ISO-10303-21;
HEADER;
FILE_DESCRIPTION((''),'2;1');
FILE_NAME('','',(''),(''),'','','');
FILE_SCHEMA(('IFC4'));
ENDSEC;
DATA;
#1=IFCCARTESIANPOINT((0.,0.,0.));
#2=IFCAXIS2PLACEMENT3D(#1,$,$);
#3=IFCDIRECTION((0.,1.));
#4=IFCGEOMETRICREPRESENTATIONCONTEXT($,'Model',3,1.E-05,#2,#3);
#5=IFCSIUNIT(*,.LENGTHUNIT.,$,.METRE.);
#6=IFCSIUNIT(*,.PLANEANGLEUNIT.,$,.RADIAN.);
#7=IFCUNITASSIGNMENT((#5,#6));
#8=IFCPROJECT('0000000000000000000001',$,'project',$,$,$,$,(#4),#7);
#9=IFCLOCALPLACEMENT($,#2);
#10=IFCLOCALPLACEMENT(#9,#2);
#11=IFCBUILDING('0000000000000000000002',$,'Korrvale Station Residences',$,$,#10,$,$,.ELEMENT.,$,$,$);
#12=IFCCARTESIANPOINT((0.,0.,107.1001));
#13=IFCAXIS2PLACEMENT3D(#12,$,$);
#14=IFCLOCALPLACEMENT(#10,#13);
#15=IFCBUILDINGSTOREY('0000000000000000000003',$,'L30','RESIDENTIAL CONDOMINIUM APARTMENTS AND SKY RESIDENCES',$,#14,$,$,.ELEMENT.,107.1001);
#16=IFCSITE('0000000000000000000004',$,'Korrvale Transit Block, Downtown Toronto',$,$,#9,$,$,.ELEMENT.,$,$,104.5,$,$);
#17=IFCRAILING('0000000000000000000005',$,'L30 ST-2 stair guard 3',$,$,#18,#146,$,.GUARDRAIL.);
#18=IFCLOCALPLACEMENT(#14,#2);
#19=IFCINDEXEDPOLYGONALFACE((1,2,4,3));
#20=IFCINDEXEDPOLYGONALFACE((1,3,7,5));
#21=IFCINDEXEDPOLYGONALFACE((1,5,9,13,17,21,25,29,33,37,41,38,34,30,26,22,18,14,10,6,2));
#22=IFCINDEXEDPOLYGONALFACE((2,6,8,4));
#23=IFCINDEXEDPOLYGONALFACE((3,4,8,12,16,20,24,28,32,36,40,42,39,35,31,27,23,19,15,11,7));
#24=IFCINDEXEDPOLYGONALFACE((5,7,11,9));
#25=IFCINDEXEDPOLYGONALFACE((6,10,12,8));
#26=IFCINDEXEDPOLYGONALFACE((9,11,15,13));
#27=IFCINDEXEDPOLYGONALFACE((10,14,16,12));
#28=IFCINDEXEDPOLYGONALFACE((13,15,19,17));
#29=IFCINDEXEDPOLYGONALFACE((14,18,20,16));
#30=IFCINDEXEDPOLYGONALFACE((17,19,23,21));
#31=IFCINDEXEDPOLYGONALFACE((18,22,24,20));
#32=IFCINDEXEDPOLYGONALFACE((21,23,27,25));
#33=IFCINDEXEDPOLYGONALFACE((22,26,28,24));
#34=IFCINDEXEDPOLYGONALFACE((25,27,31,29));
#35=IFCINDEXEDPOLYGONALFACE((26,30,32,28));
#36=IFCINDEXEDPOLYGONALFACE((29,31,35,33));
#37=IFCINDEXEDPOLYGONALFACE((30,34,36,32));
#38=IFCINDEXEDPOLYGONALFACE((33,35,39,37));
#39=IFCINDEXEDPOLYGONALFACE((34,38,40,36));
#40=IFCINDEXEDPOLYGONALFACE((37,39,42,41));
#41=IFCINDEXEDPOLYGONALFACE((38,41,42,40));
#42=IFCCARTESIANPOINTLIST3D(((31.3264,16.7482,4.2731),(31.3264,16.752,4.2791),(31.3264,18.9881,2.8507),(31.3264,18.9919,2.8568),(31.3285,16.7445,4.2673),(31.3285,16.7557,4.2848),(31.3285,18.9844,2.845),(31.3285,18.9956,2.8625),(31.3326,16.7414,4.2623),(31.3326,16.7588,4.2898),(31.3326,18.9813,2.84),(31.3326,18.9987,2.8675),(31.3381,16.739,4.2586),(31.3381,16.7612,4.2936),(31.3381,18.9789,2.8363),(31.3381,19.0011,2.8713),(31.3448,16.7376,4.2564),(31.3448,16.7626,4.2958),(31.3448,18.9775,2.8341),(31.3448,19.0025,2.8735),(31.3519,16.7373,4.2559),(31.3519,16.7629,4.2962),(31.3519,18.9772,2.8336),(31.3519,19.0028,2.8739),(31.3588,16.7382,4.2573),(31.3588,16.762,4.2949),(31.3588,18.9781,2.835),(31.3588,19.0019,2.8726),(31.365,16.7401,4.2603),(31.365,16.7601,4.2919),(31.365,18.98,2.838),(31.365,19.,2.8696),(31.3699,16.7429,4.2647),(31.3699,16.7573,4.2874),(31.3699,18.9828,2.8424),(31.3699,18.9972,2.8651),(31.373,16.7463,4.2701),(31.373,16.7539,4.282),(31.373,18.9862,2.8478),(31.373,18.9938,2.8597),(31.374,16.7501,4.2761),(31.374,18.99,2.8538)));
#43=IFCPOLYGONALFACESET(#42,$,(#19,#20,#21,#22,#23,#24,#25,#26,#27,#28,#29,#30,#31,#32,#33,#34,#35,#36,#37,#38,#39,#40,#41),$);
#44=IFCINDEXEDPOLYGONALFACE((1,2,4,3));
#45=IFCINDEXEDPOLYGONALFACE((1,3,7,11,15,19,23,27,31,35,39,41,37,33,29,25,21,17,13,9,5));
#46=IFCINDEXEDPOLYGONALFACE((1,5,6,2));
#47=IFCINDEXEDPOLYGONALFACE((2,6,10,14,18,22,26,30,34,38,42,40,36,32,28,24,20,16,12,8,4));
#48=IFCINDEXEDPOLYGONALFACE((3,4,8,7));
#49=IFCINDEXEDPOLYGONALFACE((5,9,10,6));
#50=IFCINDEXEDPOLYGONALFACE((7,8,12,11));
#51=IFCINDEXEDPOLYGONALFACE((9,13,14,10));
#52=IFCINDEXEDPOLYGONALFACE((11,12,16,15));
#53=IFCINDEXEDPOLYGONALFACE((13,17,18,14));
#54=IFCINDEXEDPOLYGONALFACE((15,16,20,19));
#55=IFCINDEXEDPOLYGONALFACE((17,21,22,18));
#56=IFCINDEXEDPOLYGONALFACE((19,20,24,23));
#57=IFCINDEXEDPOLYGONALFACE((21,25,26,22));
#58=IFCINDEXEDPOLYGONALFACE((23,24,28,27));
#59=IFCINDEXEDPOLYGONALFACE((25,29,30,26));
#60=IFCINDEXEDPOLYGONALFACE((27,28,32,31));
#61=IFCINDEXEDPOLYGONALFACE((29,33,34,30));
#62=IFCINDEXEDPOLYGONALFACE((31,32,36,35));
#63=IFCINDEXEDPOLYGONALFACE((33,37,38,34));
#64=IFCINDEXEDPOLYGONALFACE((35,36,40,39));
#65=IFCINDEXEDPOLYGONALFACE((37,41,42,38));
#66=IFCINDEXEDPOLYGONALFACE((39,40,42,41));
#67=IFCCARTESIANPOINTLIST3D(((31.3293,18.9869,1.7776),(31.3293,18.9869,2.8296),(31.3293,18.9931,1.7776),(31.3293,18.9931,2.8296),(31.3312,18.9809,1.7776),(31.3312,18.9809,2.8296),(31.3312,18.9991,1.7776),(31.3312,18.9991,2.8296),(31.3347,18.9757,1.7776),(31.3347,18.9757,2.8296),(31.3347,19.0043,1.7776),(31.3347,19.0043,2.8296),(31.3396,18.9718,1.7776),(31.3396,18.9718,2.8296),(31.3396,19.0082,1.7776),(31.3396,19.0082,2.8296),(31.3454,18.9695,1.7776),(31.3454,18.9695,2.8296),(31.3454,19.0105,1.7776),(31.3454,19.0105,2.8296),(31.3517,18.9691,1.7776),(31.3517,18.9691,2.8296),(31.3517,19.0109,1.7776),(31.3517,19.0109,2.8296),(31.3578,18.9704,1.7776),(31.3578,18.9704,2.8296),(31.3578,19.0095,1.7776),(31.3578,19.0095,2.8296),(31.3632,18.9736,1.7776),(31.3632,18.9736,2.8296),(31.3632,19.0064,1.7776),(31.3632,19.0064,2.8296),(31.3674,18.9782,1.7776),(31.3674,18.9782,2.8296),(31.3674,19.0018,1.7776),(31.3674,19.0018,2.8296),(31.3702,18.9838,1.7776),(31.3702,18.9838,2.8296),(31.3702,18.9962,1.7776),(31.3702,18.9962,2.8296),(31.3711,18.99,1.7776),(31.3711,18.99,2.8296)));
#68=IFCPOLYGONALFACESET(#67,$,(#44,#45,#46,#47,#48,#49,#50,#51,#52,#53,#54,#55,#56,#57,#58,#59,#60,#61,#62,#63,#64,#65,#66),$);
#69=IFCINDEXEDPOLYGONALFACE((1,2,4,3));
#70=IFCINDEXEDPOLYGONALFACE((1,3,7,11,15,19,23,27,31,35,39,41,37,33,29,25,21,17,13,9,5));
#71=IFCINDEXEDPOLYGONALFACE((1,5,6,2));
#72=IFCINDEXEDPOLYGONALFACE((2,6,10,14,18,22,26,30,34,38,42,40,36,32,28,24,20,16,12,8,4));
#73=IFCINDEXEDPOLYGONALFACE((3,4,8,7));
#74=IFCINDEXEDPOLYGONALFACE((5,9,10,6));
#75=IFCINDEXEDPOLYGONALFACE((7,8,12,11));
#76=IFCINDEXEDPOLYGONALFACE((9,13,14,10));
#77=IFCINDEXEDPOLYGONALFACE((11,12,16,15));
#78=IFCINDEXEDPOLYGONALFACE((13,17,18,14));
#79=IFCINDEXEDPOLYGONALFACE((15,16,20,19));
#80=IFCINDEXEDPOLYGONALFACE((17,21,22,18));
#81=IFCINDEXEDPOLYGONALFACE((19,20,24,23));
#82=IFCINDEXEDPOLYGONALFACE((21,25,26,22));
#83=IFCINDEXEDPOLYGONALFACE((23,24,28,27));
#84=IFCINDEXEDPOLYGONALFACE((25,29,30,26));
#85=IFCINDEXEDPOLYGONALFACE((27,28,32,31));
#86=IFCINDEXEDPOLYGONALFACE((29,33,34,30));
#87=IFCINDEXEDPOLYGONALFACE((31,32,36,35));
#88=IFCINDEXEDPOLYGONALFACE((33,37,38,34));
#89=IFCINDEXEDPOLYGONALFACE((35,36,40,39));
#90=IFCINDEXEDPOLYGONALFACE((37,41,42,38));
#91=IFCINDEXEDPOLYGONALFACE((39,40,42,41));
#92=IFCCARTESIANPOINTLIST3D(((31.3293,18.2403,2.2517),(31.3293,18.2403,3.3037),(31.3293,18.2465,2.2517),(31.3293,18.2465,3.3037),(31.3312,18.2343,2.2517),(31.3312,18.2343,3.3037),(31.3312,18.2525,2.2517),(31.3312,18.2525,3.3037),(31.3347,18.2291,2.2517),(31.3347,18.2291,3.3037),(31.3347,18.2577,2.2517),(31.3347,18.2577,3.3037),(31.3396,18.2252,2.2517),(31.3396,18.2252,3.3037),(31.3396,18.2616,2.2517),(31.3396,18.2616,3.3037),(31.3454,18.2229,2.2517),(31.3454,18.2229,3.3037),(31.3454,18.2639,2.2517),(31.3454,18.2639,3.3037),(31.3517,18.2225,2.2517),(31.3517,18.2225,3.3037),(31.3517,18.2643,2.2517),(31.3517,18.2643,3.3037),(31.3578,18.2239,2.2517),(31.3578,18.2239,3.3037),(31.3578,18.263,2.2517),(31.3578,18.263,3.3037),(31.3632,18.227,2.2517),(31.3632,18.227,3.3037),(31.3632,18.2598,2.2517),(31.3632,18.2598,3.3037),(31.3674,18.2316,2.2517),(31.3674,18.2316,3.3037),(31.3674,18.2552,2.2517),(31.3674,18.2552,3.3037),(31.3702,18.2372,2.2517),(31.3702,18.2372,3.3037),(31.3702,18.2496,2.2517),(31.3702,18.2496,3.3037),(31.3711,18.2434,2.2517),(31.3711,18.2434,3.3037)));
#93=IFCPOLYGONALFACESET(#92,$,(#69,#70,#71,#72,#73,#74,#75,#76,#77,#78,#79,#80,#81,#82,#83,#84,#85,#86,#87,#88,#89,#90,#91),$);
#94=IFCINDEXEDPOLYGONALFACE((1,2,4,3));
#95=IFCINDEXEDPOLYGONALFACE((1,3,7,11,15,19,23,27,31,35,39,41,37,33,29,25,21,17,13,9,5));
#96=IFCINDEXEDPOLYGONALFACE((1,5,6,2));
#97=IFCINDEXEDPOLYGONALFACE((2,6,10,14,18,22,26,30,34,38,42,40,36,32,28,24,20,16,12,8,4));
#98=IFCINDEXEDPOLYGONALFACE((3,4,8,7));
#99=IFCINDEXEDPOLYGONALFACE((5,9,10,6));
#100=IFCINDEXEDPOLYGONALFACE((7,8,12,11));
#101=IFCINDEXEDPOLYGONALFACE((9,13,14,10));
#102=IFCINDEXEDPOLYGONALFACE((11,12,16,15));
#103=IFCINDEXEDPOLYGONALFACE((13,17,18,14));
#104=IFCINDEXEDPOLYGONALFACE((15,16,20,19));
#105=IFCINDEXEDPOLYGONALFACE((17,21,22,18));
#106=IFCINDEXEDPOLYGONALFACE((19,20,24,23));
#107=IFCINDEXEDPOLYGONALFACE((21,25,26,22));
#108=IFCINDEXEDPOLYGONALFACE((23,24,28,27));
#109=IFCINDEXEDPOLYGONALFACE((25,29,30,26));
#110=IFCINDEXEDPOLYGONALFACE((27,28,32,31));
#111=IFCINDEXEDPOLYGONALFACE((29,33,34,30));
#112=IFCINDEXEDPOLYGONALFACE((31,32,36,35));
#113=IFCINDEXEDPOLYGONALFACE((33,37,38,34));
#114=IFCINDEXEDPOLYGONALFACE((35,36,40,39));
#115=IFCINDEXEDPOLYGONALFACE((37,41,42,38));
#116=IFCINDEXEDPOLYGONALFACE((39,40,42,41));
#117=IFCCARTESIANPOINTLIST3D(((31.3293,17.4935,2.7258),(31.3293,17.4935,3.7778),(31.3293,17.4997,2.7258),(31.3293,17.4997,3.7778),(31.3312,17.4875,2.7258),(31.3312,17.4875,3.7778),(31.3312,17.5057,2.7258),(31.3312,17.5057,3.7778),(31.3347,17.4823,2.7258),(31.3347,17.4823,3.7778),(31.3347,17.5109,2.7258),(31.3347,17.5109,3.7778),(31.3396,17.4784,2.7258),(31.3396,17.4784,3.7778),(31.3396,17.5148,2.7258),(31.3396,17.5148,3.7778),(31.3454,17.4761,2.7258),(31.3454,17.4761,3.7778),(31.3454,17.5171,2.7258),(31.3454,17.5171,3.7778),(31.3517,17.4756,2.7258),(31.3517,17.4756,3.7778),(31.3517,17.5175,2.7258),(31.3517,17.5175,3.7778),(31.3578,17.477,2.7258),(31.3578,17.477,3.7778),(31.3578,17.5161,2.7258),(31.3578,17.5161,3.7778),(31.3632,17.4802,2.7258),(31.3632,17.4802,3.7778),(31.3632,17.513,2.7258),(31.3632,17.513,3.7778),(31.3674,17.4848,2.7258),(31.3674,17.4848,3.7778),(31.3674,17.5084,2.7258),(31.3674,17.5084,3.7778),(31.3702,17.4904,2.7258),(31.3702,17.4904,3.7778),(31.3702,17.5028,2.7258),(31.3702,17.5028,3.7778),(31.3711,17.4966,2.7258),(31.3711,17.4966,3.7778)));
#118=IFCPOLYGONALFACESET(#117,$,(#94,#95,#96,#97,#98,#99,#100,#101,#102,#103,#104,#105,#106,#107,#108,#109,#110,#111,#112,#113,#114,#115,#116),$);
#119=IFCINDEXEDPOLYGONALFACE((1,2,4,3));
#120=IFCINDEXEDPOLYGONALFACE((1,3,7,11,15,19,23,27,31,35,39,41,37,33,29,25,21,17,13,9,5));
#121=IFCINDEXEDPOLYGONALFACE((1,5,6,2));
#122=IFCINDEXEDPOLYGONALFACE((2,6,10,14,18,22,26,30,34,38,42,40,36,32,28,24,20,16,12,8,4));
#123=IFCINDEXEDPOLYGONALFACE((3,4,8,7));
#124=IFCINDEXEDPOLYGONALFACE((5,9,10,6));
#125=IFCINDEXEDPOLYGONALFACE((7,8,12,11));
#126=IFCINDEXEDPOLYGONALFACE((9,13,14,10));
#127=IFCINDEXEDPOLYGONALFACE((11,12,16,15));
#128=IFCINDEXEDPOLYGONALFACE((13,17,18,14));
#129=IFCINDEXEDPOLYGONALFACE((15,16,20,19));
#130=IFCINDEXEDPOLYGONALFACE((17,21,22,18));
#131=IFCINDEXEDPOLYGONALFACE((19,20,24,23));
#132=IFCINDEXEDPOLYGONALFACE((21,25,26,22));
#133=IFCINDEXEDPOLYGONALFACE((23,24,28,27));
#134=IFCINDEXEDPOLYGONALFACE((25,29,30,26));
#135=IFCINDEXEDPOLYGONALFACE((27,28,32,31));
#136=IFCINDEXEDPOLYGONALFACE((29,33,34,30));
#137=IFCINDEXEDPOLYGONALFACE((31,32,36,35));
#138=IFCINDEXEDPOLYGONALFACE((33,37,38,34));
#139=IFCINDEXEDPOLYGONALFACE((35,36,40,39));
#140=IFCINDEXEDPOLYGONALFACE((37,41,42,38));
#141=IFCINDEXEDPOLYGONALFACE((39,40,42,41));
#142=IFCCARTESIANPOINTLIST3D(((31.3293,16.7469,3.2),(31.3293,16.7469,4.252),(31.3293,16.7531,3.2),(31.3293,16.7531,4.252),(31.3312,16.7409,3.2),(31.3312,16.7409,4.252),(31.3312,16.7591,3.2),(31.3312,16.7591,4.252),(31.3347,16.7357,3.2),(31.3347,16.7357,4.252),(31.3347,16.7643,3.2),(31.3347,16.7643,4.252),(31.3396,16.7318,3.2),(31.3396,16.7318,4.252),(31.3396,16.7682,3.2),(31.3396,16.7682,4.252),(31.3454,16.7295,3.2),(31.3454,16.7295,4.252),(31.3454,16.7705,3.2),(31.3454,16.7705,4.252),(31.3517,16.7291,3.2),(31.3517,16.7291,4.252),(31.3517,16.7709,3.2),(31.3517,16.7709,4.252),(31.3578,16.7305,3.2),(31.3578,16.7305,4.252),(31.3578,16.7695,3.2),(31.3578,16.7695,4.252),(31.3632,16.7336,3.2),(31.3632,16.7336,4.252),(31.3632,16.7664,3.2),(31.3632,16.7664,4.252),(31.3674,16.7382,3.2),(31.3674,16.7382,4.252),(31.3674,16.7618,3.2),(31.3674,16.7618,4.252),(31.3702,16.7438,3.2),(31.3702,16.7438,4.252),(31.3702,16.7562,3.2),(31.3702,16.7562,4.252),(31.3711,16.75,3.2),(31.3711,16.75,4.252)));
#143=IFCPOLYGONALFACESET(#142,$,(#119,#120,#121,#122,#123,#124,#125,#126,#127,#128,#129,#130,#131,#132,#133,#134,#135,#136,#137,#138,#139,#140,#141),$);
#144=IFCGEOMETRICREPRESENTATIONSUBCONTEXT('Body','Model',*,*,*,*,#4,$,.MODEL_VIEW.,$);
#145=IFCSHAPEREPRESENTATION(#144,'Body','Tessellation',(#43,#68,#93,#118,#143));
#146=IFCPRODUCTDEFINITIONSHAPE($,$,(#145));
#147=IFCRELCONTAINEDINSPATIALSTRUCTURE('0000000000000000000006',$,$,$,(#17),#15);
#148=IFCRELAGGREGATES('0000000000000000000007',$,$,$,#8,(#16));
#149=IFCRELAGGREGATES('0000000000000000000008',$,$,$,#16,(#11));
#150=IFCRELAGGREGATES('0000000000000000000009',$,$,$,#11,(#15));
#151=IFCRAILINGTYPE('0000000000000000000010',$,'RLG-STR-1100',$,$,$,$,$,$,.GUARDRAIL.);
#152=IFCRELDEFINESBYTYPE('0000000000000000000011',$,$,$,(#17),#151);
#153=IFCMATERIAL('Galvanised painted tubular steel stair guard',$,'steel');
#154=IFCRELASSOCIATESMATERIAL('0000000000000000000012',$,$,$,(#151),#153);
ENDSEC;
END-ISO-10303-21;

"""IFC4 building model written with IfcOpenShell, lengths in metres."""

from ifc_helpers import new_model, si_unit, direction, frame, origin, origin_2d, place, context, subcontext, project, spatial, circle, extrude, material, type_object, element, save


model = new_model("IFC4")

# Units and contexts
model_context = context("Model", 3, precision=1e-05, world=origin(), true_north=direction((0.0, 1.0)))
body_context = subcontext(model_context, "Body", "Model", "MODEL_VIEW")
ifc_project = project(units=[si_unit("LENGTHUNIT", "METRE"), si_unit("PLANEANGLEUNIT", "RADIAN")], contexts=[model_context])

# Site, building, storey
site_placement = place(None, origin())
site = spatial("IfcSite", under=ifc_project, at=site_placement, Name="Korrvale Transit Block, Downtown Toronto", CompositionType="ELEMENT", RefElevation=104.5)
building_placement = place(site_placement, origin())
building = spatial("IfcBuilding", under=site, at=building_placement, Name="Korrvale Station Residences", CompositionType="ELEMENT")
storey_placement = place(building_placement, frame((0.0, 0.0, 107.1001)))
storey = spatial("IfcBuildingStorey", under=building, at=storey_placement, Name="L30", Description="RESIDENTIAL CONDOMINIUM APARTMENTS AND SKY RESIDENCES", CompositionType="ELEMENT", Elevation=107.1001)

# Railing
ifc_material_1 = material(Name="Galvanised painted tubular steel stair guard", Category="steel")
railing_type_1 = type_object("IfcRailingType", Name="RLG-STR-1100", PredefinedType="GUARDRAIL", material=ifc_material_1)
railing_1_placement = place(storey_placement, frame((31.3501, 18.99, 1.7776)))
element("IfcRailing", 1, at=railing_1_placement, inside=storey, type_object=railing_type_1, Name="L30 ST-2 stair guard 3", PredefinedType="GUARDRAIL", context=body_context, shape_type="SweptSolid", body=[
    extrude(circle(Radius=0.0239, at=origin_2d()), frame((0.0, 0.0, 1.0762), z_axis=(0.0, -0.844188, 0.536048), x_axis=(1.0, 0.0, 0.0)), (0.0, 0.0, 1.0), 2.6533),
    extrude(circle(Radius=0.021, at=origin_2d()), origin(), (0.0, 0.0, 1.0), 1.052),
    extrude(circle(Radius=0.021, at=origin_2d()), frame((0.0, -0.7466, 0.4741)), (0.0, 0.0, 1.0), 1.052),
    extrude(circle(Radius=0.021, at=origin_2d()), frame((0.0, -1.4934, 0.9482)), (0.0, 0.0, 1.0), 1.052),
    extrude(circle(Radius=0.021, at=origin_2d()), frame((0.0, -2.24, 1.4224)), (0.0, 0.0, 1.0), 1.052),
])

save(model, "model.ifc")
